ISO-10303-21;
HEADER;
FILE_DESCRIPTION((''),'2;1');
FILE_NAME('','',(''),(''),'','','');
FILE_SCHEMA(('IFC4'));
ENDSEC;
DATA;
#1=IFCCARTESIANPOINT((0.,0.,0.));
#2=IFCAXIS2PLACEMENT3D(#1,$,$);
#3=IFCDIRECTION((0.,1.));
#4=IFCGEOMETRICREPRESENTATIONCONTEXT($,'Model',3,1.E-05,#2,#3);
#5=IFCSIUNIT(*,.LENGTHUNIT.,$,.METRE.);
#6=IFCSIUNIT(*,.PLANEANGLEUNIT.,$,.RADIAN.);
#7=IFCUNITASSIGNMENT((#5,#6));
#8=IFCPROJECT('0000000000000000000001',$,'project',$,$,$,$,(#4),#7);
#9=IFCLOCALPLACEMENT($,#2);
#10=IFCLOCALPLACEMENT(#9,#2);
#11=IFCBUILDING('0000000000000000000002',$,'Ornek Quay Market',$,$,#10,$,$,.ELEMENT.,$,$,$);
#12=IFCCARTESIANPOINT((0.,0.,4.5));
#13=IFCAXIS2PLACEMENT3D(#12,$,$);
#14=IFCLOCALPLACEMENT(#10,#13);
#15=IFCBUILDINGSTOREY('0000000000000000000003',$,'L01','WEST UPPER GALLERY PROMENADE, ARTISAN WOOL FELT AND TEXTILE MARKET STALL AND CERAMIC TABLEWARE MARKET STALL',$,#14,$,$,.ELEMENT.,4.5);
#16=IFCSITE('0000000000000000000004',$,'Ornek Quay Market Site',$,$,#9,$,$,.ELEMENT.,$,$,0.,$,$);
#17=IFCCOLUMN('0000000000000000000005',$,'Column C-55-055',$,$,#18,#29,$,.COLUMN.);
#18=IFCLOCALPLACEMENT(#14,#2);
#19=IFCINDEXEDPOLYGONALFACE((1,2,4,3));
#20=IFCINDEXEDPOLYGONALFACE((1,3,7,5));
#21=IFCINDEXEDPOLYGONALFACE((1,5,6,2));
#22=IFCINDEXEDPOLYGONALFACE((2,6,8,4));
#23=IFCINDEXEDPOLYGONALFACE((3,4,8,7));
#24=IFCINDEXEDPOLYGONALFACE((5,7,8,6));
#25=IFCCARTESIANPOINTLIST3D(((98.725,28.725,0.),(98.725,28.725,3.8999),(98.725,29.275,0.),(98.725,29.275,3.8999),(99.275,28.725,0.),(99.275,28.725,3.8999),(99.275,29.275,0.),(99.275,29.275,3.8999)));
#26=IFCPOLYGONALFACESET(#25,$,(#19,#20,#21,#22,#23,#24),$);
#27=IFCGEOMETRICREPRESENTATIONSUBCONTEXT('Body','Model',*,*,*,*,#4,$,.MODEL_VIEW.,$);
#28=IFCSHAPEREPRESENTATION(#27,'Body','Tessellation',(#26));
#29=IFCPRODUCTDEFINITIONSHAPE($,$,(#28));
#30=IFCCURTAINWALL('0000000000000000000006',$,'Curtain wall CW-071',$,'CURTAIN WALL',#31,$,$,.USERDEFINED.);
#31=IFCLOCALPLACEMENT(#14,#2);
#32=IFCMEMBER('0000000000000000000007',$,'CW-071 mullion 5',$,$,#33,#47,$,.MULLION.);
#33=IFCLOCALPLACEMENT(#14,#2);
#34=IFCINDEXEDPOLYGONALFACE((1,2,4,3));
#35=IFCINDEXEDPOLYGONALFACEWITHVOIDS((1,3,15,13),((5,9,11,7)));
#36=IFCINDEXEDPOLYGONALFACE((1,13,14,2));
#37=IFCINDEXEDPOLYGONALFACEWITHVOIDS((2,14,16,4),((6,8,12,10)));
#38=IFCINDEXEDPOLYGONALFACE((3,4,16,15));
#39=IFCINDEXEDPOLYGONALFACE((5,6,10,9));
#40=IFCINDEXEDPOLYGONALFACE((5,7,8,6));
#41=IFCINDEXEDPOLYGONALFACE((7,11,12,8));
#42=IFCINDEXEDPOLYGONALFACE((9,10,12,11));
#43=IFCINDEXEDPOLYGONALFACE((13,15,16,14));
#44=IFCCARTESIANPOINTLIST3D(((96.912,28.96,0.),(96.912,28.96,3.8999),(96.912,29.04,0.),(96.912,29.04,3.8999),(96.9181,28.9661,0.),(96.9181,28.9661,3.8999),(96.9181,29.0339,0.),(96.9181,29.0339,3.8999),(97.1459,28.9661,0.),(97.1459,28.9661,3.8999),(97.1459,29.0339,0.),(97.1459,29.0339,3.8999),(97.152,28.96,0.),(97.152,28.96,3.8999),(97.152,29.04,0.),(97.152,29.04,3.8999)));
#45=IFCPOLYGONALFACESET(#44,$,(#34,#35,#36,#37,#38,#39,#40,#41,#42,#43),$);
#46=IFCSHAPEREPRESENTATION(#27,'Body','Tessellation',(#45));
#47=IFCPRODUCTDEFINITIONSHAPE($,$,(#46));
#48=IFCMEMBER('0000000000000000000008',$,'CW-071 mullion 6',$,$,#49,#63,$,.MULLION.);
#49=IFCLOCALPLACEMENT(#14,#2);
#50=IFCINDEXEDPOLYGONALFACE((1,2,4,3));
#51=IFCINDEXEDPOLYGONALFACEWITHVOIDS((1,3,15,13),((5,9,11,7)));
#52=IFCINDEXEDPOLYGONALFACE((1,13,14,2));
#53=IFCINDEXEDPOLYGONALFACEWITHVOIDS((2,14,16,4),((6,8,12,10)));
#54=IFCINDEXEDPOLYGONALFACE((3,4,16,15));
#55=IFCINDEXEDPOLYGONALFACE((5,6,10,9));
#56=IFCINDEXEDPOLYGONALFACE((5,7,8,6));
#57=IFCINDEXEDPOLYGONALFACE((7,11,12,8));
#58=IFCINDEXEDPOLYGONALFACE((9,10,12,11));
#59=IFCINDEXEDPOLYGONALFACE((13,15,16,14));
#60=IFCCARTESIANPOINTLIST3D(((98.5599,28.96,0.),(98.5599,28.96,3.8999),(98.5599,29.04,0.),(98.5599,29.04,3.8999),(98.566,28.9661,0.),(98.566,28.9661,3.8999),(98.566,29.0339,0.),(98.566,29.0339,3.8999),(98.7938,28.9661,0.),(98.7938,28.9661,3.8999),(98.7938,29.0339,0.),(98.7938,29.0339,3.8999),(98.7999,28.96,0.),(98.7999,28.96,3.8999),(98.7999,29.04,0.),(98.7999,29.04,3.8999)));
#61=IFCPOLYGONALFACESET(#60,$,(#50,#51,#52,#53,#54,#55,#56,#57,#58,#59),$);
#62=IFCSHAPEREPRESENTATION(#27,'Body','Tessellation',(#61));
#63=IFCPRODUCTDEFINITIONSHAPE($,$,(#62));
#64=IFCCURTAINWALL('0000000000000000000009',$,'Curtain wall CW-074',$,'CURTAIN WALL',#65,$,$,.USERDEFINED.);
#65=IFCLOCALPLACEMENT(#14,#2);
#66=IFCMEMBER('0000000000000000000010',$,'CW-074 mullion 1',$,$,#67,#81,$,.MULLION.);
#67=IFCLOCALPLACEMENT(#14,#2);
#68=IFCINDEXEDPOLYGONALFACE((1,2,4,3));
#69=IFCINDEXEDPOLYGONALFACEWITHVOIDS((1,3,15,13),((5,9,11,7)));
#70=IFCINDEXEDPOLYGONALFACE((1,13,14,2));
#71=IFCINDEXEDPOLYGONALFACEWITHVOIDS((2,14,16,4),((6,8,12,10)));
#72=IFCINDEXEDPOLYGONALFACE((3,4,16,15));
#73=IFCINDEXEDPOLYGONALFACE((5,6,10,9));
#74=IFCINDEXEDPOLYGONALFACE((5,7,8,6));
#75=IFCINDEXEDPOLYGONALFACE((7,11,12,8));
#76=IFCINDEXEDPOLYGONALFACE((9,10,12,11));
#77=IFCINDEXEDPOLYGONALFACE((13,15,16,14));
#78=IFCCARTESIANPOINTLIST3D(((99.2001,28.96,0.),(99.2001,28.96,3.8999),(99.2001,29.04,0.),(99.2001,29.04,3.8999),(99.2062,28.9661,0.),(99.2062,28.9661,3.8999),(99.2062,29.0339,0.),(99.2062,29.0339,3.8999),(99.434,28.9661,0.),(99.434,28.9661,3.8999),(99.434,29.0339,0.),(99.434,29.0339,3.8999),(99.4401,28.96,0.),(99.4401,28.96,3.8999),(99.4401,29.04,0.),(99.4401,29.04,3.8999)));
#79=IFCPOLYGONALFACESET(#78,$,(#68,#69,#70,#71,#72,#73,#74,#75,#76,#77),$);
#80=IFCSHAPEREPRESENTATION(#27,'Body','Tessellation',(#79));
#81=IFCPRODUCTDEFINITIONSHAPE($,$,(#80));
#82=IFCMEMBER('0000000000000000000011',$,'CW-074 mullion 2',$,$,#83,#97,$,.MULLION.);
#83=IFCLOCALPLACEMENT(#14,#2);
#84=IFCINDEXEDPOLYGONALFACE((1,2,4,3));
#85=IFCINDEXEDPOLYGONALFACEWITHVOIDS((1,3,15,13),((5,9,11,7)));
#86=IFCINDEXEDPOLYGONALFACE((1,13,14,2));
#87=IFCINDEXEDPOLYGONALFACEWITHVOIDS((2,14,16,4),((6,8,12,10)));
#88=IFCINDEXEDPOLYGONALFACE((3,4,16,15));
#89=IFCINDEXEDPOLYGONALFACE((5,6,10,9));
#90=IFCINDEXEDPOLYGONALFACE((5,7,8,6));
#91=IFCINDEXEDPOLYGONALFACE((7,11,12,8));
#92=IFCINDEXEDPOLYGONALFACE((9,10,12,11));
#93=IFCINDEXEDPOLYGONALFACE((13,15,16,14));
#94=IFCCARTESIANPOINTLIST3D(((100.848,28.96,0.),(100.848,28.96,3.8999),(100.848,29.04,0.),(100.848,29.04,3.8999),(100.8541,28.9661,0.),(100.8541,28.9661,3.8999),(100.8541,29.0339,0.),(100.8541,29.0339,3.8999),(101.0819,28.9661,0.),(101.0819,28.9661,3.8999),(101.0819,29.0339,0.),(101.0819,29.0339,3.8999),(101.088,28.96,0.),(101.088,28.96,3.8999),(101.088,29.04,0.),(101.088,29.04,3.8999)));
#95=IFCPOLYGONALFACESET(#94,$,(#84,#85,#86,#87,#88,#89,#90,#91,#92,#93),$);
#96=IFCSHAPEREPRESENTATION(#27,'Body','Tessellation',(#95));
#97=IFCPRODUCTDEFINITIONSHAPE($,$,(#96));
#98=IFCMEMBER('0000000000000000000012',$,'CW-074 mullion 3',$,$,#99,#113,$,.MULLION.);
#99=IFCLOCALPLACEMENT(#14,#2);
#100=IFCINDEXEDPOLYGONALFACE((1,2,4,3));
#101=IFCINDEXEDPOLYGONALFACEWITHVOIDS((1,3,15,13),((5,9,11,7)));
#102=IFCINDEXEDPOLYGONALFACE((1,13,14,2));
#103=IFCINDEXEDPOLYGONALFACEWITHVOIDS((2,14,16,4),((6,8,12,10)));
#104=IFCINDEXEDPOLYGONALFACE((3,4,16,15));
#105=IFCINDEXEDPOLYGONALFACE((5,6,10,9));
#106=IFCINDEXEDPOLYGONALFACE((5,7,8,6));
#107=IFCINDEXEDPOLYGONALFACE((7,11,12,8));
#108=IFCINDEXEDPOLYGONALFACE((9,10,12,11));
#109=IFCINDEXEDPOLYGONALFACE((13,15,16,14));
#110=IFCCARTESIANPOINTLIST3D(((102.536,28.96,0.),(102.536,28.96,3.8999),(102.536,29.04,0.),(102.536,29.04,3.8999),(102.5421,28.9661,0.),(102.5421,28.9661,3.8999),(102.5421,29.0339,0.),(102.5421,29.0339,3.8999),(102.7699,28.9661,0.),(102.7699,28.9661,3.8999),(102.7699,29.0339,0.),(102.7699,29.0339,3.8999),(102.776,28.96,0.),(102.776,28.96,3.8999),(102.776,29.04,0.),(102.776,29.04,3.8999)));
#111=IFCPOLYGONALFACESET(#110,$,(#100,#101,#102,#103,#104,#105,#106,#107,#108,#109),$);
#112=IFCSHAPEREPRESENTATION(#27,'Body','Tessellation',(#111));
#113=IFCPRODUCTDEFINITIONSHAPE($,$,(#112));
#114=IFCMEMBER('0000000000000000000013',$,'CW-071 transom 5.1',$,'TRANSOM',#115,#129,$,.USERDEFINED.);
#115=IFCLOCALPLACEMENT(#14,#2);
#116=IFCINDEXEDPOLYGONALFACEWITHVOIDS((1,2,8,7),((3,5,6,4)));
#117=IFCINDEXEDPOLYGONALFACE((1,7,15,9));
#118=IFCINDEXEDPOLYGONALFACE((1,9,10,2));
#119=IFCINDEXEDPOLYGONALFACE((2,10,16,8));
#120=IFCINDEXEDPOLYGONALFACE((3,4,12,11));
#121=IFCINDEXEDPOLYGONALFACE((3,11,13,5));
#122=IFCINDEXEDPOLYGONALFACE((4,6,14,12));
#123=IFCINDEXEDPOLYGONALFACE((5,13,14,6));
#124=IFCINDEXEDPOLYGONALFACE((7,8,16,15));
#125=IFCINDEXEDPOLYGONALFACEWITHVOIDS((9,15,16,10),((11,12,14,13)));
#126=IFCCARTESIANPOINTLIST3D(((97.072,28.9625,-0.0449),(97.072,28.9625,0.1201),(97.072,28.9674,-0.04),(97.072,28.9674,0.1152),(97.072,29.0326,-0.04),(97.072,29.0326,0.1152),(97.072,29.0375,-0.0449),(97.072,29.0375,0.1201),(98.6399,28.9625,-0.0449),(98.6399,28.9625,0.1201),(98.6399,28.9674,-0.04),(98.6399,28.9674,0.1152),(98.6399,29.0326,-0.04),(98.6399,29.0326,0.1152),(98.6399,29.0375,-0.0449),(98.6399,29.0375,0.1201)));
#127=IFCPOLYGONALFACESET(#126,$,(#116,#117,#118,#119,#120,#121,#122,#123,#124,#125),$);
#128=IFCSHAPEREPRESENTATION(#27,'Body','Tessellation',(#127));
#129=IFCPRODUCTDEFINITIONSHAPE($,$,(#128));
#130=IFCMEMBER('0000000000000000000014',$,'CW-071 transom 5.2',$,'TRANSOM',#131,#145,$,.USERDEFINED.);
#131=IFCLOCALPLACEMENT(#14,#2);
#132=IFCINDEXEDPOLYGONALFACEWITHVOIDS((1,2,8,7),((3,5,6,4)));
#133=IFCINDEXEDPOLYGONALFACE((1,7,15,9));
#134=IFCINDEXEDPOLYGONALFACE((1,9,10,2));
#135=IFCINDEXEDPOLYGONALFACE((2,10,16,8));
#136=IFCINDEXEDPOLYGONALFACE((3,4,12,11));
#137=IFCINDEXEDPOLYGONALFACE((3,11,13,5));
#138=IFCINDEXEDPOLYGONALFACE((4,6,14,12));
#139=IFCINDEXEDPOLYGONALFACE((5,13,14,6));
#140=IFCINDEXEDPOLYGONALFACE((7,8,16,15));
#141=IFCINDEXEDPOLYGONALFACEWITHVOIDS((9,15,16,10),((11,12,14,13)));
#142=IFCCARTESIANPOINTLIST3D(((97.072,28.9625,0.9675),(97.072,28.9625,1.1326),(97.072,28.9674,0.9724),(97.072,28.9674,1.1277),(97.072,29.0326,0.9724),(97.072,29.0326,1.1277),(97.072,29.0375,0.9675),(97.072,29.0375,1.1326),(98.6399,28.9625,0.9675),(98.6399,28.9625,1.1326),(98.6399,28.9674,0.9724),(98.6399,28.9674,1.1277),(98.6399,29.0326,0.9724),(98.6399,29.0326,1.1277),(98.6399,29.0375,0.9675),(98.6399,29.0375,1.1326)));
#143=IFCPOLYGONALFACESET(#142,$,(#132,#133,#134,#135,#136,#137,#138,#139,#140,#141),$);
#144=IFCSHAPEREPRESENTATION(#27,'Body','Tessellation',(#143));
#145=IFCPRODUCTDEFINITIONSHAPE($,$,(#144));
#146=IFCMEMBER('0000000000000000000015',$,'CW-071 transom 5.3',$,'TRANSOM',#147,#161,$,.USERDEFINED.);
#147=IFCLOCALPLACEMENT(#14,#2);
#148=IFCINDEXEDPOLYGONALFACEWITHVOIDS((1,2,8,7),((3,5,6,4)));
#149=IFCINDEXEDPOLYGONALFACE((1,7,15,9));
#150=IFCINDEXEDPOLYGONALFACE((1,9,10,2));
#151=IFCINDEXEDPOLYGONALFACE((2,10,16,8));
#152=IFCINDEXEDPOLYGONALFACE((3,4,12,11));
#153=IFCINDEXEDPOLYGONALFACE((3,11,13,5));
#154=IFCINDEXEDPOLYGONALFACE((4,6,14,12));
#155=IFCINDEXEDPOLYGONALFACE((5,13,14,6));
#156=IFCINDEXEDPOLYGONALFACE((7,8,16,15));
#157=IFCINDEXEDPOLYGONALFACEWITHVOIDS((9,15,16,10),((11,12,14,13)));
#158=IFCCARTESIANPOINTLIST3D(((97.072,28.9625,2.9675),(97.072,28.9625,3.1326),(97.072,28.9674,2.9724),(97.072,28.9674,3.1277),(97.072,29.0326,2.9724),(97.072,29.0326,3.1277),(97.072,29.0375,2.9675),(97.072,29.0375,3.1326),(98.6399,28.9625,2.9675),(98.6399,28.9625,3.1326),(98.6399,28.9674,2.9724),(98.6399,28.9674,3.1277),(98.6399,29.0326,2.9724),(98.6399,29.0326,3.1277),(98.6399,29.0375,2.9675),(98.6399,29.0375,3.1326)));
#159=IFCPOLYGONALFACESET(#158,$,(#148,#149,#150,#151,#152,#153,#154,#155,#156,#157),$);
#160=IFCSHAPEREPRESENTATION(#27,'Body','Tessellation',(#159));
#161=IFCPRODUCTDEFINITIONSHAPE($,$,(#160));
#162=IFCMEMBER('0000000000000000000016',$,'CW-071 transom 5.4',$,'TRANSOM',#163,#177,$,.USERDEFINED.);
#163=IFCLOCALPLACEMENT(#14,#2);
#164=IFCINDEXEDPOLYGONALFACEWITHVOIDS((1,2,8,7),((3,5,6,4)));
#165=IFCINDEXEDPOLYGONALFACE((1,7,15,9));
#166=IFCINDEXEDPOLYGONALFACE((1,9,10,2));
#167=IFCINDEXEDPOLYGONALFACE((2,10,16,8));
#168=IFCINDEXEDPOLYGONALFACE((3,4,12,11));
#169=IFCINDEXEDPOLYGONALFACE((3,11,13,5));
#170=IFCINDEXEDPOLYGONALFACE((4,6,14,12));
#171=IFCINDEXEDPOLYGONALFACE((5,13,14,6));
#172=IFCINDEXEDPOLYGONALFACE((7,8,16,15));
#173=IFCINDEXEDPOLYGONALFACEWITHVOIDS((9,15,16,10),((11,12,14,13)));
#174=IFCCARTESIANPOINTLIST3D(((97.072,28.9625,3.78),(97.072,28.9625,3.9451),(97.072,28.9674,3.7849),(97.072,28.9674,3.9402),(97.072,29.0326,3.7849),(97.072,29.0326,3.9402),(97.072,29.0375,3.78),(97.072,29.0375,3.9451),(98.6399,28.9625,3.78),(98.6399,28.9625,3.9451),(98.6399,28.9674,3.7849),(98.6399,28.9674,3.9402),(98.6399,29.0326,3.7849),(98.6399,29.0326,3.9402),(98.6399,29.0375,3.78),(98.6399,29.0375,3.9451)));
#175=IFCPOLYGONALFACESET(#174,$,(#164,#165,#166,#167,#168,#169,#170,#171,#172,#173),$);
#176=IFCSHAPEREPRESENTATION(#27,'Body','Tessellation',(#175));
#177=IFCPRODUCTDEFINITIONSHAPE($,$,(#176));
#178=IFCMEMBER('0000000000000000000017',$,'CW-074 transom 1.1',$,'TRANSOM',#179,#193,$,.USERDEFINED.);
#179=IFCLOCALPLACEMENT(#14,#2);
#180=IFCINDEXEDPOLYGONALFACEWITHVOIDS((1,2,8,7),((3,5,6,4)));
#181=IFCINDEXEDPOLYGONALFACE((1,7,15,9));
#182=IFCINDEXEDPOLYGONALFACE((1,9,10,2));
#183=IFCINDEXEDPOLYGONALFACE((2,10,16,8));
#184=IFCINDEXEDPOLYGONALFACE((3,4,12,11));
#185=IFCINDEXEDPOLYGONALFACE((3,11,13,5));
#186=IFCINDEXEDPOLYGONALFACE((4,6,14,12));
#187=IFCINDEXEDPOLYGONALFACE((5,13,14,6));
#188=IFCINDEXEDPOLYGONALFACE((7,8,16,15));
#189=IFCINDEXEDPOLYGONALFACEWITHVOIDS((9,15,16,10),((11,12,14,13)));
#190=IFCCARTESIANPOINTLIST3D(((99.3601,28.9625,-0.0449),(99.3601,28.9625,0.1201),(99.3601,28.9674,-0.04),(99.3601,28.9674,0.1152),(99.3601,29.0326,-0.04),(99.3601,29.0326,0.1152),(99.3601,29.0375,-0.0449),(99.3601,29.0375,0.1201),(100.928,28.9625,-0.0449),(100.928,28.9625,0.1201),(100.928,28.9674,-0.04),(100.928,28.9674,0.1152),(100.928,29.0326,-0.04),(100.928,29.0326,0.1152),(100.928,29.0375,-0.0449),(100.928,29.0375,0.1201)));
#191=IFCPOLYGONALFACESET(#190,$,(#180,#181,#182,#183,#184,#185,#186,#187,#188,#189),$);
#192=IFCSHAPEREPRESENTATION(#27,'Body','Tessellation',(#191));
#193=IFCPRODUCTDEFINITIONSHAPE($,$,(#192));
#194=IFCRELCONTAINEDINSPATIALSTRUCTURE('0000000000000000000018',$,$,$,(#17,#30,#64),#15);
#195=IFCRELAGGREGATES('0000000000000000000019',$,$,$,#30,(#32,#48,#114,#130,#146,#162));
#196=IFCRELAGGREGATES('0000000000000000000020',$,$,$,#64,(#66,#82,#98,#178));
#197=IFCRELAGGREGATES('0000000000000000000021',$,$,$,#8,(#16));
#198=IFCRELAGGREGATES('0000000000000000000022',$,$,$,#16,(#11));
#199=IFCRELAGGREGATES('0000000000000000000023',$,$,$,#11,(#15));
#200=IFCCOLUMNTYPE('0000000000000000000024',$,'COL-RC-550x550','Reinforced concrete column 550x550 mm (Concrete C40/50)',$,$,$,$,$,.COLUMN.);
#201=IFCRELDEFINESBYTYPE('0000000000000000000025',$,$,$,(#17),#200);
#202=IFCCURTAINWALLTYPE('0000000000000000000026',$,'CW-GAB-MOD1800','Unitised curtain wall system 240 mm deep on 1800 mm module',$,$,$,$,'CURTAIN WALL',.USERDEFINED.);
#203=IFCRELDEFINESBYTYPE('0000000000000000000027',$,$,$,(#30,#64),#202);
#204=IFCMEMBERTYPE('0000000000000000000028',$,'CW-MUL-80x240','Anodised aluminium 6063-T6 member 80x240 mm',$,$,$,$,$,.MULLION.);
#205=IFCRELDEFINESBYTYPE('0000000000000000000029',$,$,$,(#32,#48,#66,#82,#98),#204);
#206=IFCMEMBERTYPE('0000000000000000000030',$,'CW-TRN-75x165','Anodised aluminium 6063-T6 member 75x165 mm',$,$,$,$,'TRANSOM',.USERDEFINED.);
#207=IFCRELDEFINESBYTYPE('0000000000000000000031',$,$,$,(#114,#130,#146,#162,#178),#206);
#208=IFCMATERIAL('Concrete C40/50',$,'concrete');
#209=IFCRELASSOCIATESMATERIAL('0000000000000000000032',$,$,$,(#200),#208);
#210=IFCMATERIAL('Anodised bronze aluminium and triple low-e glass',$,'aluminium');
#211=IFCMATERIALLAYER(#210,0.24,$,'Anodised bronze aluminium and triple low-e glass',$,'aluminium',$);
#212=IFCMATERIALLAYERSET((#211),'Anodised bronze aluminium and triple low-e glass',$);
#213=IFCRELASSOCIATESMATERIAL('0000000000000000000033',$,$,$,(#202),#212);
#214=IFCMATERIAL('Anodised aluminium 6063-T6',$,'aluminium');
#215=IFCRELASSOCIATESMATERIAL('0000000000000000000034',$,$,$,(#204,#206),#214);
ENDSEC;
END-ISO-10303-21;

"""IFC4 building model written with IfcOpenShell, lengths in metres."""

from ifc_helpers import new_model, si_unit, direction, frame, origin, origin_2d, place, context, subcontext, project, spatial, rectangle, hollow_rectangle, extrude, material, layer, layer_set, material_profile, profile_set, type_object, element, aggregate, save


model = new_model("IFC4")

# Units and contexts
model_context = context("Model", 3, precision=1e-05, world=origin(), true_north=direction((0.0, 1.0)))
body_context = subcontext(model_context, "Body", "Model", "MODEL_VIEW")
ifc_project = project(units=[si_unit("LENGTHUNIT", "METRE"), si_unit("PLANEANGLEUNIT", "RADIAN")], contexts=[model_context])

# Site, building, storey
site_placement = place(None, origin())
site = spatial("IfcSite", under=ifc_project, at=site_placement, Name="Ornek Quay Market Site", CompositionType="ELEMENT", RefElevation=0.0)
building_placement = place(site_placement, origin())
building = spatial("IfcBuilding", under=site, at=building_placement, Name="Ornek Quay Market", CompositionType="ELEMENT")
storey_placement = place(building_placement, frame((0.0, 0.0, 4.5)))
storey = spatial("IfcBuildingStorey", under=building, at=storey_placement, Name="L01", Description="WEST UPPER GALLERY PROMENADE, ARTISAN WOOL FELT AND TEXTILE MARKET STALL AND CERAMIC TABLEWARE MARKET STALL", CompositionType="ELEMENT", Elevation=4.5)

# Column
ifc_material_1 = material(Name="Concrete C40/50", Category="concrete")
ifc_material_profile_1 = material_profile(ifc_material_1, rectangle(XDim=0.55, YDim=0.55, at=origin_2d()), Name="RC 550x550", Category="concrete")
ifc_profile_set_1 = profile_set([ifc_material_profile_1], Name="Concrete C40/50")
column_type = type_object("IfcColumnType", Name="COL-RC-550x550", Description="Reinforced concrete column 550x550 mm (Concrete C40/50)", PredefinedType="COLUMN", material=ifc_profile_set_1)
column_placement = place(storey_placement, frame((99.0, 29.0, 0.0), z_axis=(0.0, 0.0, 1.0), x_axis=(1.0, 0.0, 0.0)))
element("IfcColumn", 1, at=column_placement, inside=storey, type_object=column_type, Name="Column C-55-055", PredefinedType="COLUMN", context=body_context, shape_type="SweptSolid", body=[
    extrude(rectangle(XDim=0.55, YDim=0.55, at=origin_2d()), origin(), (0.0, 0.0, 1.0), 3.8999),
])

# Curtain walls, members
ifc_material_2 = material(Name="Anodised bronze aluminium and triple low-e glass", Category="aluminium")
ifc_layer_1 = layer(ifc_material_2, 0.24, Name="Anodised bronze aluminium and triple low-e glass", Category="aluminium")
ifc_layer_set_1 = layer_set([ifc_layer_1], Name="Anodised bronze aluminium and triple low-e glass")
curtain_wall_type = type_object("IfcCurtainWallType", Name="CW-GAB-MOD1800", Description="Unitised curtain wall system 240 mm deep on 1800 mm module", ElementType="CURTAIN WALL", PredefinedType="USERDEFINED", material=ifc_layer_set_1)
curtain_wall_1_placement = place(storey_placement, origin())
curtain_wall_1 = element("IfcCurtainWall", 2, at=curtain_wall_1_placement, inside=storey, type_object=curtain_wall_type, Name="Curtain wall CW-071", ObjectType="CURTAIN WALL", PredefinedType="USERDEFINED")
ifc_material_3 = material(Name="Anodised aluminium 6063-T6", Category="aluminium")
ifc_material_profile_2 = material_profile(ifc_material_3, hollow_rectangle(XDim=0.0801, YDim=0.24, WallThickness=0.0061, at=origin_2d()), Name="CW-MUL-80x240", Category="aluminium")
ifc_profile_set_2 = profile_set([ifc_material_profile_2], Name="Anodised aluminium 6063-T6")
member_type_1 = type_object("IfcMemberType", Name="CW-MUL-80x240", Description="Anodised aluminium 6063-T6 member 80x240 mm", PredefinedType="MULLION", material=ifc_profile_set_2)
member_1_placement = place(storey_placement, frame((97.032, 29.0, 0.0), z_axis=(0.0, 0.0, 1.0), x_axis=(0.0, 1.0, 0.0)))
member_1 = element("IfcMember", 3, at=member_1_placement, type_object=member_type_1, Name="CW-071 mullion 5", PredefinedType="MULLION", context=body_context, shape_type="SweptSolid", body=[
    extrude(hollow_rectangle(XDim=0.0801, YDim=0.24, WallThickness=0.0061, at=origin_2d()), origin(), (0.0, 0.0, 1.0), 3.8999),
])
member_2_placement = place(storey_placement, frame((98.6799, 29.0, 0.0), z_axis=(0.0, 0.0, 1.0), x_axis=(0.0, 1.0, 0.0)))
member_2 = element("IfcMember", 4, at=member_2_placement, type_object=member_type_1, Name="CW-071 mullion 6", PredefinedType="MULLION", context=body_context, shape_type="SweptSolid", body=[
    extrude(hollow_rectangle(XDim=0.0801, YDim=0.24, WallThickness=0.0061, at=origin_2d()), origin(), (0.0, 0.0, 1.0), 3.8999),
])
curtain_wall_2_placement = place(storey_placement, origin())
curtain_wall_2 = element("IfcCurtainWall", 5, at=curtain_wall_2_placement, inside=storey, type_object=curtain_wall_type, Name="Curtain wall CW-074", ObjectType="CURTAIN WALL", PredefinedType="USERDEFINED")
member_3_placement = place(storey_placement, frame((99.3201, 29.0, 0.0), z_axis=(0.0, 0.0, 1.0), x_axis=(0.0, 1.0, 0.0)))
member_3 = element("IfcMember", 6, at=member_3_placement, type_object=member_type_1, Name="CW-074 mullion 1", PredefinedType="MULLION", context=body_context, shape_type="SweptSolid", body=[
    extrude(hollow_rectangle(XDim=0.0801, YDim=0.24, WallThickness=0.0061, at=origin_2d()), origin(), (0.0, 0.0, 1.0), 3.8999),
])
member_4_placement = place(storey_placement, frame((100.968, 29.0, 0.0), z_axis=(0.0, 0.0, 1.0), x_axis=(0.0, 1.0, 0.0)))
member_4 = element("IfcMember", 7, at=member_4_placement, type_object=member_type_1, Name="CW-074 mullion 2", PredefinedType="MULLION", context=body_context, shape_type="SweptSolid", body=[
    extrude(hollow_rectangle(XDim=0.0801, YDim=0.24, WallThickness=0.0061, at=origin_2d()), origin(), (0.0, 0.0, 1.0), 3.8999),
])
member_5_placement = place(storey_placement, frame((102.656, 29.0, 0.0), z_axis=(0.0, 0.0, 1.0), x_axis=(0.0, 1.0, 0.0)))
member_5 = element("IfcMember", 8, at=member_5_placement, type_object=member_type_1, Name="CW-074 mullion 3", PredefinedType="MULLION", context=body_context, shape_type="SweptSolid", body=[
    extrude(hollow_rectangle(XDim=0.0801, YDim=0.24, WallThickness=0.0061, at=origin_2d()), origin(), (0.0, 0.0, 1.0), 3.8999),
])

# Members
ifc_material_profile_3 = material_profile(ifc_material_3, hollow_rectangle(XDim=0.075, YDim=0.165, WallThickness=0.0049, at=origin_2d()), Name="CW-TRN-75x165", Category="aluminium")
ifc_profile_set_3 = profile_set([ifc_material_profile_3], Name="Anodised aluminium 6063-T6")
member_type_2 = type_object("IfcMemberType", Name="CW-TRN-75x165", Description="Anodised aluminium 6063-T6 member 75x165 mm", ElementType="TRANSOM", PredefinedType="USERDEFINED", material=ifc_profile_set_3)
member_6_placement = place(storey_placement, frame((97.072, 29.0, 0.0376), z_axis=(1.0, 0.0, 0.0), x_axis=(0.0, 1.0, 0.0)))
member_6 = element("IfcMember", 9, at=member_6_placement, type_object=member_type_2, Name="CW-071 transom 5.1", ObjectType="TRANSOM", PredefinedType="USERDEFINED", context=body_context, shape_type="SweptSolid", body=[
    extrude(hollow_rectangle(XDim=0.075, YDim=0.165, WallThickness=0.0049, at=origin_2d()), origin(), (0.0, 0.0, 1.0), 1.5679),
])
member_7_placement = place(storey_placement, frame((97.072, 29.0, 1.05), z_axis=(1.0, 0.0, 0.0), x_axis=(0.0, 1.0, 0.0)))
member_7 = element("IfcMember", 10, at=member_7_placement, type_object=member_type_2, Name="CW-071 transom 5.2", ObjectType="TRANSOM", PredefinedType="USERDEFINED", context=body_context, shape_type="SweptSolid", body=[
    extrude(hollow_rectangle(XDim=0.075, YDim=0.165, WallThickness=0.0049, at=origin_2d()), origin(), (0.0, 0.0, 1.0), 1.5679),
])
member_8_placement = place(storey_placement, frame((97.072, 29.0, 3.05), z_axis=(1.0, 0.0, 0.0), x_axis=(0.0, 1.0, 0.0)))
member_8 = element("IfcMember", 11, at=member_8_placement, type_object=member_type_2, Name="CW-071 transom 5.3", ObjectType="TRANSOM", PredefinedType="USERDEFINED", context=body_context, shape_type="SweptSolid", body=[
    extrude(hollow_rectangle(XDim=0.075, YDim=0.165, WallThickness=0.0049, at=origin_2d()), origin(), (0.0, 0.0, 1.0), 1.5679),
])
member_9_placement = place(storey_placement, frame((97.072, 29.0, 3.8625), z_axis=(1.0, 0.0, 0.0), x_axis=(0.0, 1.0, 0.0)))
member_9 = element("IfcMember", 12, at=member_9_placement, type_object=member_type_2, Name="CW-071 transom 5.4", ObjectType="TRANSOM", PredefinedType="USERDEFINED", context=body_context, shape_type="SweptSolid", body=[
    extrude(hollow_rectangle(XDim=0.075, YDim=0.165, WallThickness=0.0049, at=origin_2d()), origin(), (0.0, 0.0, 1.0), 1.5679),
])
member_10_placement = place(storey_placement, frame((99.3601, 29.0, 0.0376), z_axis=(1.0, 0.0, 0.0), x_axis=(0.0, 1.0, 0.0)))
member_10 = element("IfcMember", 13, at=member_10_placement, type_object=member_type_2, Name="CW-074 transom 1.1", ObjectType="TRANSOM", PredefinedType="USERDEFINED", context=body_context, shape_type="SweptSolid", body=[
    extrude(hollow_rectangle(XDim=0.075, YDim=0.165, WallThickness=0.0049, at=origin_2d()), origin(), (0.0, 0.0, 1.0), 1.5679),
])

aggregate(curtain_wall_1, [member_1, member_2, member_6, member_7, member_8, member_9])
aggregate(curtain_wall_2, [member_3, member_4, member_5, member_10])

save(model, "model.ifc")
